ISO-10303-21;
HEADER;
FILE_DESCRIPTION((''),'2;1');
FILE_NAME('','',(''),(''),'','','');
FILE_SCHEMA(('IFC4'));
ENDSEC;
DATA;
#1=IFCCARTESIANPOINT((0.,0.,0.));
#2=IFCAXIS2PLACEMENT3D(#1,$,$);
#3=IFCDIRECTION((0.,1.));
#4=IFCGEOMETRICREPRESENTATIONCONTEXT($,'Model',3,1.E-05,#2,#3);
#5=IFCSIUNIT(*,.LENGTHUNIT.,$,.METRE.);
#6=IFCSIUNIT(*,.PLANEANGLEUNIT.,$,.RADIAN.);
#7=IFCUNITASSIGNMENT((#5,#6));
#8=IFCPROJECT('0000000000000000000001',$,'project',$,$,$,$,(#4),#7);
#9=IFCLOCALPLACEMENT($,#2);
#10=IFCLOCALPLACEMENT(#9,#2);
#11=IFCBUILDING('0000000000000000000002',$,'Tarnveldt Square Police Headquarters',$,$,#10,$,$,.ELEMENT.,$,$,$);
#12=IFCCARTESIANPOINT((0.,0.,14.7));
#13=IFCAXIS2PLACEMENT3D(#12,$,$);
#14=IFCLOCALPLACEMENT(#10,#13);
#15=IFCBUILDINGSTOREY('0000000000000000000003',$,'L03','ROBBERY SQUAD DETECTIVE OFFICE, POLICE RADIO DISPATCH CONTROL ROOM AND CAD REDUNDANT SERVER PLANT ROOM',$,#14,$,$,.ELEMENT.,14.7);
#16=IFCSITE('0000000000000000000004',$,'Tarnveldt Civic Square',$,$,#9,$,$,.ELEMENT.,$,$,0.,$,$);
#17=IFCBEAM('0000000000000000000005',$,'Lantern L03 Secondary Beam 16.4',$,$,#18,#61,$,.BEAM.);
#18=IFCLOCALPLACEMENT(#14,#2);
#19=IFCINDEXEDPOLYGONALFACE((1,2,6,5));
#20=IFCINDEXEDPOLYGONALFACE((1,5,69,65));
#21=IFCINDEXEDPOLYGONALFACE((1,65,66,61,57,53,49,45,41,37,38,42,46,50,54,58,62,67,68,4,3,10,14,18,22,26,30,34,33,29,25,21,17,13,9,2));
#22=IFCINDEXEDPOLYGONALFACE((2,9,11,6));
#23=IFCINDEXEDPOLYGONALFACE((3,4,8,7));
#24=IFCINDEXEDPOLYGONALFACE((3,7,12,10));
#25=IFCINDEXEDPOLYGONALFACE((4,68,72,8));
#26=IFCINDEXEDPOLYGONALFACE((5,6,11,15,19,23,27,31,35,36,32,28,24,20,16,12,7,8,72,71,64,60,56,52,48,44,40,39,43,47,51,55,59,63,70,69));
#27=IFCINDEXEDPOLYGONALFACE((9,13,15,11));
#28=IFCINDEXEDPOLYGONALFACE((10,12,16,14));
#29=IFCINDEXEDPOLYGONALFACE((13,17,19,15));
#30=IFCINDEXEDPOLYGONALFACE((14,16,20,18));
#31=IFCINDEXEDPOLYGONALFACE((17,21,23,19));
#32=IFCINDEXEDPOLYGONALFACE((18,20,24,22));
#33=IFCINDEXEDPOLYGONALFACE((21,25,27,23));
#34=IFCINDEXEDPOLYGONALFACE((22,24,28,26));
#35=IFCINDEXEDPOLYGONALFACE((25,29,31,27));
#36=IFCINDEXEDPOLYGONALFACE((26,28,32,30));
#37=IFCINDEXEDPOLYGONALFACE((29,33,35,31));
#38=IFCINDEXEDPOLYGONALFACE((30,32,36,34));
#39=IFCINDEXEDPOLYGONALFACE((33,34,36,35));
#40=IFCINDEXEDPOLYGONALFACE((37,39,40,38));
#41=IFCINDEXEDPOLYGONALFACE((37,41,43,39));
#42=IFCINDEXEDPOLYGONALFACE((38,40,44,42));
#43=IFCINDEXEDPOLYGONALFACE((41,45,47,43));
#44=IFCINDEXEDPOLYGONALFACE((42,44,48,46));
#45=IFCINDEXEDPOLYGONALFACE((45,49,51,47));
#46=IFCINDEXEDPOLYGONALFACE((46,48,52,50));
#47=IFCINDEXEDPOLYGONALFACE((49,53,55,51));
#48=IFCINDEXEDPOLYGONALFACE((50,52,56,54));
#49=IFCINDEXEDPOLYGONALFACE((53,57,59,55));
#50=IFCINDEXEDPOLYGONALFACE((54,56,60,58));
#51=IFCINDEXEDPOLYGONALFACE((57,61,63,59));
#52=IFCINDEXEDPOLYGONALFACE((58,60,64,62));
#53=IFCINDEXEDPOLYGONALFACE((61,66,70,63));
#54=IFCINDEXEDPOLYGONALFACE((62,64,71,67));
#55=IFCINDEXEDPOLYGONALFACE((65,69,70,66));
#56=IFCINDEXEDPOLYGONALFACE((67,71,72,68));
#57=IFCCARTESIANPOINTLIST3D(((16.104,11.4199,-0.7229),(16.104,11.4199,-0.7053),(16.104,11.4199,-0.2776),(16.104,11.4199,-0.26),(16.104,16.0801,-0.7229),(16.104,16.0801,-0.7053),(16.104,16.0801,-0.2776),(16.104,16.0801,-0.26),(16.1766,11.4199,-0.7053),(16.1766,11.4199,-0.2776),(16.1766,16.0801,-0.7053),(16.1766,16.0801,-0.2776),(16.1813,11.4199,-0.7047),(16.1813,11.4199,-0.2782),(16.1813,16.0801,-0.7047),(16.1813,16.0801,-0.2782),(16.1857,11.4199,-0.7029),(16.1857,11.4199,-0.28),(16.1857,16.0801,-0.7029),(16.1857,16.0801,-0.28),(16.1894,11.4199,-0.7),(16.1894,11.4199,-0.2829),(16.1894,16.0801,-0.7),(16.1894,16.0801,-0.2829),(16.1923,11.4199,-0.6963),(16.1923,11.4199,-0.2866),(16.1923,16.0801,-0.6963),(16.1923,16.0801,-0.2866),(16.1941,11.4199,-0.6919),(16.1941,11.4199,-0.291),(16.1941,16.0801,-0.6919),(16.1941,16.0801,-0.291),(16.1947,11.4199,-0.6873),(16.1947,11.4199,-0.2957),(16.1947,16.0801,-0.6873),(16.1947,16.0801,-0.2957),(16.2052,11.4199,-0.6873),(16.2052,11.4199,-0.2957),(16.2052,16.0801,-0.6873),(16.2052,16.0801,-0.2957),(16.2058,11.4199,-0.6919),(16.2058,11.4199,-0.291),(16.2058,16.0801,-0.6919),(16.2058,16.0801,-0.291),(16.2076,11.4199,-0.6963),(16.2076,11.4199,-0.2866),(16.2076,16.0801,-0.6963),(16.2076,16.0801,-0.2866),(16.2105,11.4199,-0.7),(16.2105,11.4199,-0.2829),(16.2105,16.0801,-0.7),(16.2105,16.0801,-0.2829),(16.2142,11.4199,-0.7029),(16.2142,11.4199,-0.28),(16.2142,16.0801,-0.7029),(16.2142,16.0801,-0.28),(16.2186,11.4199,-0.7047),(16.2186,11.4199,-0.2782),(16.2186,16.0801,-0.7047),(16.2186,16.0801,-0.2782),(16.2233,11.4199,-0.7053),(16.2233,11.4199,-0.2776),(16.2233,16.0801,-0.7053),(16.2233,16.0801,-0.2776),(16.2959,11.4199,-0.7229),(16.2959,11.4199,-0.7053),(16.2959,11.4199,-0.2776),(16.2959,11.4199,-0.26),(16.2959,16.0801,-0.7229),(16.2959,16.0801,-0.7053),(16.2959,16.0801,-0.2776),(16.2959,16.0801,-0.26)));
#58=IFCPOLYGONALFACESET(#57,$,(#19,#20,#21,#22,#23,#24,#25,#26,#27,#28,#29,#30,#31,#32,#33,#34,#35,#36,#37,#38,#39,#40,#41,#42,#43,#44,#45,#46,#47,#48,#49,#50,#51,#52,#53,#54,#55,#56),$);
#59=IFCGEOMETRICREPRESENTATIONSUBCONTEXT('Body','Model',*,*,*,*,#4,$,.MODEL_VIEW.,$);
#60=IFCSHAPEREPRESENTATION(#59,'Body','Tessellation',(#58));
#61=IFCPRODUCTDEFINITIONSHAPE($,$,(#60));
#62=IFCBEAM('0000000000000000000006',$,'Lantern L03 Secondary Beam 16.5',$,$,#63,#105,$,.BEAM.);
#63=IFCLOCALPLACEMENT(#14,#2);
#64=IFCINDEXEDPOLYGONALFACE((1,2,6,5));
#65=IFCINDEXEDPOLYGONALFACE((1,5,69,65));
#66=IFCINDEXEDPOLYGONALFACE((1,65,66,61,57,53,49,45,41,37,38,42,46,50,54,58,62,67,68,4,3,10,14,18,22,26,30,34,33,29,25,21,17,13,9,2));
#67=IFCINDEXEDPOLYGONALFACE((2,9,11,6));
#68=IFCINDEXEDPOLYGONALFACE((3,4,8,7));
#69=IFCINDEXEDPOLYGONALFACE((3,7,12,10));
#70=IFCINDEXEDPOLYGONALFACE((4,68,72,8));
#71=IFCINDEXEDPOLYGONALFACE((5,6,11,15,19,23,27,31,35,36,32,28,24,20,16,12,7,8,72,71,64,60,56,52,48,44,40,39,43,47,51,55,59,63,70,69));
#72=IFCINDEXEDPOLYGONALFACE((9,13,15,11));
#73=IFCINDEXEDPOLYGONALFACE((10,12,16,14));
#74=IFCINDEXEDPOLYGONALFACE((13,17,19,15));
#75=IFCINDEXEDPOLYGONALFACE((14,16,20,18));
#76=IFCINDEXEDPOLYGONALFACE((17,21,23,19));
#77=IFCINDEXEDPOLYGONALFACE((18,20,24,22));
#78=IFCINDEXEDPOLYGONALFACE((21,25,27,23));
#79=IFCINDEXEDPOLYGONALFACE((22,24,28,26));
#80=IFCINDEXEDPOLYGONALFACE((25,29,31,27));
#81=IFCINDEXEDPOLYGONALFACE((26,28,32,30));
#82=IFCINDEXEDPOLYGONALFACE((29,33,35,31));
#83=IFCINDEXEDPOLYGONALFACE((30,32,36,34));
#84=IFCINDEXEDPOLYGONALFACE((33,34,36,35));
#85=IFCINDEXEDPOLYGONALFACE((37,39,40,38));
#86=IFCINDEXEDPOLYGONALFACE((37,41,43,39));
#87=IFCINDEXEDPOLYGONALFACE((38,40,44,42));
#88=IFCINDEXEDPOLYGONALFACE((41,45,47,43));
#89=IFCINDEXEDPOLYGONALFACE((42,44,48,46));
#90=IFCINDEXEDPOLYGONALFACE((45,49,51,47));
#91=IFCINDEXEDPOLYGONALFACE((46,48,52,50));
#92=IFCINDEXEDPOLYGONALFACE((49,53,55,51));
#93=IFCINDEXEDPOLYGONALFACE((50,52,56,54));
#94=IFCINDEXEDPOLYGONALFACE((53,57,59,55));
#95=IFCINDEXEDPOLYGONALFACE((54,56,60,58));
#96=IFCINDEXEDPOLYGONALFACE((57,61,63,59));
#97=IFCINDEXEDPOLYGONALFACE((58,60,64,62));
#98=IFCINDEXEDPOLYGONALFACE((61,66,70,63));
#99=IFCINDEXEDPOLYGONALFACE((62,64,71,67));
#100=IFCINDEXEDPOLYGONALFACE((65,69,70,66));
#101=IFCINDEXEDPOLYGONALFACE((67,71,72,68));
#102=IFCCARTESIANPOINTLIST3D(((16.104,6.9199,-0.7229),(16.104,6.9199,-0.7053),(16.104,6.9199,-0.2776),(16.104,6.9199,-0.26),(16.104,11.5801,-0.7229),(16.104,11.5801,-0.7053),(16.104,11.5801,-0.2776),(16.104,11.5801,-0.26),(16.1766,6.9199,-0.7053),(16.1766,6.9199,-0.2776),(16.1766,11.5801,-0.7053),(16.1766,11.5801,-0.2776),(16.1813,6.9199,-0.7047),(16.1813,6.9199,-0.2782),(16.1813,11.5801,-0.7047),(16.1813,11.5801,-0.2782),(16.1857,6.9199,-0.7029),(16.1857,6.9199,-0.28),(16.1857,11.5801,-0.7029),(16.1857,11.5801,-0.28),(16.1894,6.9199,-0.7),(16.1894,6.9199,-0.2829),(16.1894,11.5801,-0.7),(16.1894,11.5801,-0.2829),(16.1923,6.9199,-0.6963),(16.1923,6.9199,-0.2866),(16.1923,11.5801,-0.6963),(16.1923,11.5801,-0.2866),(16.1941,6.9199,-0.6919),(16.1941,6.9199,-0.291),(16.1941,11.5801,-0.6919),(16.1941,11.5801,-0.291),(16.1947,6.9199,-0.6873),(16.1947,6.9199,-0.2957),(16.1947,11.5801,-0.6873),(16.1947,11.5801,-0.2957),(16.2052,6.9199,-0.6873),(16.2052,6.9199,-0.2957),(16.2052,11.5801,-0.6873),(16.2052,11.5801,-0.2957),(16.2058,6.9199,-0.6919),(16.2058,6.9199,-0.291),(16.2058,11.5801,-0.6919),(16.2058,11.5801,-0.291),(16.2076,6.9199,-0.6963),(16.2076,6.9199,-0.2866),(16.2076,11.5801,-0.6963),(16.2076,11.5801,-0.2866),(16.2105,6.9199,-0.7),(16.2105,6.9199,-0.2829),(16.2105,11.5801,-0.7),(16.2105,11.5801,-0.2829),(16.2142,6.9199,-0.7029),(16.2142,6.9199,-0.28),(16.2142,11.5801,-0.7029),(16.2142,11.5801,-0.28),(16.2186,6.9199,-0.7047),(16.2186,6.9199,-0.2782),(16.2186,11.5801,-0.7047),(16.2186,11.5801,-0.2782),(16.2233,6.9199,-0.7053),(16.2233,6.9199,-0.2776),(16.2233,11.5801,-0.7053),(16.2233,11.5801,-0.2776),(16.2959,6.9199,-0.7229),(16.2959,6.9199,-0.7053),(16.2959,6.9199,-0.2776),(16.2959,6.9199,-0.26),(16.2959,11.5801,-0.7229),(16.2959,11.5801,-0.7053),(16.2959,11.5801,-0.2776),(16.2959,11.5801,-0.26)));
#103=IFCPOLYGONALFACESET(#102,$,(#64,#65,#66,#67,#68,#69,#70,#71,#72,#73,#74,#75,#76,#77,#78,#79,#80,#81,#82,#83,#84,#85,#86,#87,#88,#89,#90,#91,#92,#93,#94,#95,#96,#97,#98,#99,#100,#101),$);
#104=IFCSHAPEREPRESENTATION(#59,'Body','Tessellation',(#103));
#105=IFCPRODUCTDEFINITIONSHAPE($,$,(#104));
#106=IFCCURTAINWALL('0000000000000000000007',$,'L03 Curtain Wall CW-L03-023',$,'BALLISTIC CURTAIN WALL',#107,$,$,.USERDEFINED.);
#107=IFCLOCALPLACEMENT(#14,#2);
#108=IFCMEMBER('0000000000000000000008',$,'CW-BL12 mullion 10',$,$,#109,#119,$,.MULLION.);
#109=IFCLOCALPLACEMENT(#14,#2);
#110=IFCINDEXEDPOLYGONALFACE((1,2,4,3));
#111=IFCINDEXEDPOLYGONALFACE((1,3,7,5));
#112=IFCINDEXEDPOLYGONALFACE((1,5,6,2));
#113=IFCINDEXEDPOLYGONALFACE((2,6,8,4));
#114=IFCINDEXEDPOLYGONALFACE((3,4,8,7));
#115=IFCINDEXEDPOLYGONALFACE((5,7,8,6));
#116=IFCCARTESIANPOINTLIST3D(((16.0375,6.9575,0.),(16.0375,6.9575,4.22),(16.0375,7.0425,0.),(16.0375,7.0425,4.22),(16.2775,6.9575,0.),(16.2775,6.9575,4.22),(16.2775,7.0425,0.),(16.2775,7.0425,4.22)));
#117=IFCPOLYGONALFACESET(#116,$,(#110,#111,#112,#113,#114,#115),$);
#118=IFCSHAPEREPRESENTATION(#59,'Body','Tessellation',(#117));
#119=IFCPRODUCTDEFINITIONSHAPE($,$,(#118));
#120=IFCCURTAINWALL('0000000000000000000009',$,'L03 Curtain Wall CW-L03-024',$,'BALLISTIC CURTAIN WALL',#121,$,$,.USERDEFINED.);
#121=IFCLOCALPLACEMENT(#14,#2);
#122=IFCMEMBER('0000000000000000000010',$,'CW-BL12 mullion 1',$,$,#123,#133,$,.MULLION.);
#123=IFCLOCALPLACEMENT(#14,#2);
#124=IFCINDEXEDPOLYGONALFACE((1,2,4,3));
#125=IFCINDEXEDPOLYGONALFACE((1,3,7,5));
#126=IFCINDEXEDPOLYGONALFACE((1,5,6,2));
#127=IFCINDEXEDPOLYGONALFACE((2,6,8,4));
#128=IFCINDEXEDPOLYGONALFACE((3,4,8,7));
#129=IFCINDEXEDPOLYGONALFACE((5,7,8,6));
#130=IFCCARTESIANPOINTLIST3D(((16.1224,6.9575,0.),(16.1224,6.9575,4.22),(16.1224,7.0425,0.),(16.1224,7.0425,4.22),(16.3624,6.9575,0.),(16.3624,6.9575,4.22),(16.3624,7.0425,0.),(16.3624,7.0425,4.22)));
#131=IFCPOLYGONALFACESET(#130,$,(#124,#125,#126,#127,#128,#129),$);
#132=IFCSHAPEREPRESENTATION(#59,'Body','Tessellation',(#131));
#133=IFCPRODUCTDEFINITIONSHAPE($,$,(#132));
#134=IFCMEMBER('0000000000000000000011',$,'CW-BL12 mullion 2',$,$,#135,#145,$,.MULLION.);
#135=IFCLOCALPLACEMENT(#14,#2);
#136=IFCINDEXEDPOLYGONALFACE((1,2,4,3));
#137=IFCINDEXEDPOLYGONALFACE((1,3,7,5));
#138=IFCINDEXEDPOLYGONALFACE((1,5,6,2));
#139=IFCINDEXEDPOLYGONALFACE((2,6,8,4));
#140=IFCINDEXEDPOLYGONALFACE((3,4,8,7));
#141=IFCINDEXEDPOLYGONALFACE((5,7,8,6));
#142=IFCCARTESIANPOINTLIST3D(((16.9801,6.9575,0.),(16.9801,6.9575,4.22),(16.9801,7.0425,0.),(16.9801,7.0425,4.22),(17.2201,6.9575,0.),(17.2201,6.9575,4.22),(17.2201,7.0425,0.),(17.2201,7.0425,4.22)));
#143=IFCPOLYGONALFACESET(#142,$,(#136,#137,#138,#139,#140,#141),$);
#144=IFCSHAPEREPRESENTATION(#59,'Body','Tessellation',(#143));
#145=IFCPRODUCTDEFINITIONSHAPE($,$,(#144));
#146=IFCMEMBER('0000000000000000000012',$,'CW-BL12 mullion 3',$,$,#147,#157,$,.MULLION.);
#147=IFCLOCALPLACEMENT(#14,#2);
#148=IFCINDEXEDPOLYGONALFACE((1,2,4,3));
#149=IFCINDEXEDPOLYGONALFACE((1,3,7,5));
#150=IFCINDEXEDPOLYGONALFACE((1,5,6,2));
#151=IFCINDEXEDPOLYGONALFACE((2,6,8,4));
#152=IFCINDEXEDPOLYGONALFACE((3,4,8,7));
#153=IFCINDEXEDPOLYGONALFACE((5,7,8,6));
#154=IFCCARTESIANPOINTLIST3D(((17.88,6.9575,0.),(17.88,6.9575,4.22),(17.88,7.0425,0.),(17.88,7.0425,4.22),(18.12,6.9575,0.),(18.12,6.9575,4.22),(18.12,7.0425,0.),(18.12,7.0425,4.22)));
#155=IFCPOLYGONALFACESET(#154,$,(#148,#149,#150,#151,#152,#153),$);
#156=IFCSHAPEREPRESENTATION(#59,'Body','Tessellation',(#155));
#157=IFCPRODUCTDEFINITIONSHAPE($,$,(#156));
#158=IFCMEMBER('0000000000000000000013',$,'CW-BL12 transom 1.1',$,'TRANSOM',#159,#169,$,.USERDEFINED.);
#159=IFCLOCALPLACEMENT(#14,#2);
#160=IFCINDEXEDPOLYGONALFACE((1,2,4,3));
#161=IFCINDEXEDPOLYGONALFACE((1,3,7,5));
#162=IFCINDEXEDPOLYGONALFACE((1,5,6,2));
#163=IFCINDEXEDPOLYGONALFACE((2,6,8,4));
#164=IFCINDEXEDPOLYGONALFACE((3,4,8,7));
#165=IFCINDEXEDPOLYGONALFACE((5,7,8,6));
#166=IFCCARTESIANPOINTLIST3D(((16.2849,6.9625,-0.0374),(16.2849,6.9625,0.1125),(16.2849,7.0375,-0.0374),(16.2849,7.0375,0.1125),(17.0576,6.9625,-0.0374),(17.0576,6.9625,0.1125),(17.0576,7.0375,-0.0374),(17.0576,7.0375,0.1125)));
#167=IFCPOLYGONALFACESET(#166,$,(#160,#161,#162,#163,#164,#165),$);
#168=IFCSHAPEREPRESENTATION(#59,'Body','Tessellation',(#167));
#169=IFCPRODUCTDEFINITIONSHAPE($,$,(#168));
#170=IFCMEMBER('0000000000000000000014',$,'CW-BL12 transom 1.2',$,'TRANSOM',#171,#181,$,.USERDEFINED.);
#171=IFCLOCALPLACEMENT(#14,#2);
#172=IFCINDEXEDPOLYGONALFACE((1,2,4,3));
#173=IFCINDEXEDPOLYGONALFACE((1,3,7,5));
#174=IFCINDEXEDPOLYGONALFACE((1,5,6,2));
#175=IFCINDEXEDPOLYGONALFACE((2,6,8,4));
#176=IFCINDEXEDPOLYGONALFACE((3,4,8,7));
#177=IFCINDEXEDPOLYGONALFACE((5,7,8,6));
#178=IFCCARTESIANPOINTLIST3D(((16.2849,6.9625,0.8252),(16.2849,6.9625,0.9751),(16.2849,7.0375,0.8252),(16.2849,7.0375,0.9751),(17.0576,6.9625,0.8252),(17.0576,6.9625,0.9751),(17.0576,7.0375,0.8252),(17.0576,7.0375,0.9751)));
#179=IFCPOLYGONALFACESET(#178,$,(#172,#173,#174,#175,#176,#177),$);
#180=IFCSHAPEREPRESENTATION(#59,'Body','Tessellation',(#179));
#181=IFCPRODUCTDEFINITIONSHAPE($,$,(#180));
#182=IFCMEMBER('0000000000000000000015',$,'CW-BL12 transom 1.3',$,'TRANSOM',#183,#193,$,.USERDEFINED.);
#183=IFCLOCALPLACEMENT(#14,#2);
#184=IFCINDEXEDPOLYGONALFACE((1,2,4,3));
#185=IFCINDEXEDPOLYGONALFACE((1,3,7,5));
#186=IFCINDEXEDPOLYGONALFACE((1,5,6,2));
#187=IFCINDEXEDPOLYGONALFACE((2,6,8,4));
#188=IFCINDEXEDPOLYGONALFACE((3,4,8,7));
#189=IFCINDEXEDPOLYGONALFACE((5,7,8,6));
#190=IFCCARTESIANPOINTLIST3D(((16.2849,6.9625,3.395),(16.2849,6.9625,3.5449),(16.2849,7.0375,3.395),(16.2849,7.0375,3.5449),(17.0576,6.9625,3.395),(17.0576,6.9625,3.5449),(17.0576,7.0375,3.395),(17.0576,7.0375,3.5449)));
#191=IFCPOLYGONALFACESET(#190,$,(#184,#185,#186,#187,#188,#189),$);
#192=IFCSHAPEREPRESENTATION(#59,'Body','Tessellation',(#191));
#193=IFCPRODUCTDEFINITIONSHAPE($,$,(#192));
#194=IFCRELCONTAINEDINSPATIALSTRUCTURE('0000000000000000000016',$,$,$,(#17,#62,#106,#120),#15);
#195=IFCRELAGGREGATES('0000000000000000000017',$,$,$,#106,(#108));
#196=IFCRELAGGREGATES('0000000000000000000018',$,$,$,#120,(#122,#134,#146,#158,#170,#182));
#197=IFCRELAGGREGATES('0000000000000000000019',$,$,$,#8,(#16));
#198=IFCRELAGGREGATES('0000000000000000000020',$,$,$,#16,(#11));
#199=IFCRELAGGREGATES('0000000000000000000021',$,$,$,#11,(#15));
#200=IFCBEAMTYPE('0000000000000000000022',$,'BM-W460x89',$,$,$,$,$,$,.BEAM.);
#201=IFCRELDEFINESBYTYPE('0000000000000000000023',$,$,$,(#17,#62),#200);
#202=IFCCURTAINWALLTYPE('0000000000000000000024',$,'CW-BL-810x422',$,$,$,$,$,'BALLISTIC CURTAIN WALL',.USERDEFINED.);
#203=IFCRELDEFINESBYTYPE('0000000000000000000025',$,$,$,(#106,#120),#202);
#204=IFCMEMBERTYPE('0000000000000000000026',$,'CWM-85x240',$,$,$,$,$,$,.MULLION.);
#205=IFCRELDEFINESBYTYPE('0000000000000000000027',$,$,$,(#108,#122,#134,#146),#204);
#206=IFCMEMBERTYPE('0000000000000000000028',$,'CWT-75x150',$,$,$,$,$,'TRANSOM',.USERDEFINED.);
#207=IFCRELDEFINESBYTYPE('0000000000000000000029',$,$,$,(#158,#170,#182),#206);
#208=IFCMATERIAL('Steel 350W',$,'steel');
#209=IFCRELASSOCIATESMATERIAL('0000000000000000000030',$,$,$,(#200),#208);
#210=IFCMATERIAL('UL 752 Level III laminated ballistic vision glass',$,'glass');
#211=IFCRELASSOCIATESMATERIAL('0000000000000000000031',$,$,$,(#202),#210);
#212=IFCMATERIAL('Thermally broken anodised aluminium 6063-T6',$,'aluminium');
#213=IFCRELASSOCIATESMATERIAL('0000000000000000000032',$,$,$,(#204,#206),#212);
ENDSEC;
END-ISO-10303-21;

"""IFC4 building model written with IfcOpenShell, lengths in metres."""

from ifc_helpers import new_model, si_unit, direction, frame, origin, origin_2d, place, context, subcontext, project, spatial, rectangle, i_section, extrude, material, material_profile, profile_set, type_object, element, aggregate, save


model = new_model("IFC4")

# Units and contexts
model_context = context("Model", 3, precision=1e-05, world=origin(), true_north=direction((0.0, 1.0)))
body_context = subcontext(model_context, "Body", "Model", "MODEL_VIEW")
ifc_project = project(units=[si_unit("LENGTHUNIT", "METRE"), si_unit("PLANEANGLEUNIT", "RADIAN")], contexts=[model_context])

# Site, building, storey
site_placement = place(None, origin())
site = spatial("IfcSite", under=ifc_project, at=site_placement, Name="Tarnveldt Civic Square", CompositionType="ELEMENT", RefElevation=0.0)
building_placement = place(site_placement, origin())
building = spatial("IfcBuilding", under=site, at=building_placement, Name="Tarnveldt Square Police Headquarters", CompositionType="ELEMENT")
storey_placement = place(building_placement, frame((0.0, 0.0, 14.7)))
storey = spatial("IfcBuildingStorey", under=building, at=storey_placement, Name="L03", Description="ROBBERY SQUAD DETECTIVE OFFICE, POLICE RADIO DISPATCH CONTROL ROOM AND CAD REDUNDANT SERVER PLANT ROOM", CompositionType="ELEMENT", Elevation=14.7)

# Beams
ifc_material_1 = material(Name="Steel 350W", Category="steel")
ifc_material_profile_1 = material_profile(ifc_material_1, i_section(OverallWidth=0.1919, OverallDepth=0.4629, WebThickness=0.0105, FlangeThickness=0.0176, FilletRadius=0.0181, at=origin_2d()), Name="W460x89")
ifc_profile_set_1 = profile_set([ifc_material_profile_1], Name="Steel 350W")
beam_type = type_object("IfcBeamType", Name="BM-W460x89", PredefinedType="BEAM", material=ifc_profile_set_1)
for number, where, z_axis, x_axis, name in (
    (1, (16.2, 16.0801, -0.4915), (0.0, -1.0, 0.0), (1.0, 0.0, 0.0), "Lantern L03 Secondary Beam 16.4"),
    (2, (16.2, 11.5801, -0.4915), (0.0, -1.0, 0.0), (1.0, 0.0, 0.0), "Lantern L03 Secondary Beam 16.5"),
):
    element("IfcBeam", number, at=place(storey_placement, frame(where, z_axis=z_axis, x_axis=x_axis)), inside=storey, type_object=beam_type, Name=name, PredefinedType="BEAM", context=body_context, shape_type="SweptSolid", body=[
        extrude(i_section(OverallWidth=0.1919, OverallDepth=0.4629, WebThickness=0.0105, FlangeThickness=0.0176, FilletRadius=0.0181, at=origin_2d()), origin(), (0.0, 0.0, 1.0), 4.6602),
    ])

# Curtain wall, member
ifc_material_2 = material(Name="UL 752 Level III laminated ballistic vision glass", Category="glass")
curtain_wall_type = type_object("IfcCurtainWallType", Name="CW-BL-810x422", ElementType="BALLISTIC CURTAIN WALL", PredefinedType="USERDEFINED", material=ifc_material_2)
curtain_wall_1_placement = place(storey_placement, origin())
curtain_wall_1 = element("IfcCurtainWall", 3, at=curtain_wall_1_placement, inside=storey, type_object=curtain_wall_type, Name="L03 Curtain Wall CW-L03-023", ObjectType="BALLISTIC CURTAIN WALL", PredefinedType="USERDEFINED")
ifc_material_3 = material(Name="Thermally broken anodised aluminium 6063-T6", Category="aluminium")
ifc_material_profile_2 = material_profile(ifc_material_3, rectangle(XDim=0.085, YDim=0.24, at=origin_2d()), Name="CW-M85x240")
ifc_profile_set_2 = profile_set([ifc_material_profile_2], Name="Thermally broken anodised aluminium 6063-T6")
member_type_1 = type_object("IfcMemberType", Name="CWM-85x240", PredefinedType="MULLION", material=ifc_profile_set_2)
member_1_placement = place(storey_placement, frame((16.1575, 7.0, 0.0), z_axis=(0.0, 0.0, 1.0), x_axis=(0.0, 1.0, 0.0)))
member_1 = element("IfcMember", 4, at=member_1_placement, type_object=member_type_1, Name="CW-BL12 mullion 10", PredefinedType="MULLION", context=body_context, shape_type="SweptSolid", body=[
    extrude(rectangle(XDim=0.085, YDim=0.24, at=origin_2d()), origin(), (0.0, 0.0, 1.0), 4.22),
])

# Curtain wall, members
curtain_wall_2_placement = place(storey_placement, origin())
curtain_wall_2 = element("IfcCurtainWall", 5, at=curtain_wall_2_placement, inside=storey, type_object=curtain_wall_type, Name="L03 Curtain Wall CW-L03-024", ObjectType="BALLISTIC CURTAIN WALL", PredefinedType="USERDEFINED")
member_2_placement = place(storey_placement, frame((16.2424, 7.0, 0.0), z_axis=(0.0, 0.0, 1.0), x_axis=(0.0, 1.0, 0.0)))
member_2 = element("IfcMember", 6, at=member_2_placement, type_object=member_type_1, Name="CW-BL12 mullion 1", PredefinedType="MULLION", context=body_context, shape_type="SweptSolid", body=[
    extrude(rectangle(XDim=0.085, YDim=0.24, at=origin_2d()), origin(), (0.0, 0.0, 1.0), 4.22),
])
member_3_placement = place(storey_placement, frame((17.1001, 7.0, 0.0), z_axis=(0.0, 0.0, 1.0), x_axis=(0.0, 1.0, 0.0)))
member_3 = element("IfcMember", 7, at=member_3_placement, type_object=member_type_1, Name="CW-BL12 mullion 2", PredefinedType="MULLION", context=body_context, shape_type="SweptSolid", body=[
    extrude(rectangle(XDim=0.085, YDim=0.24, at=origin_2d()), origin(), (0.0, 0.0, 1.0), 4.22),
])
member_4_placement = place(storey_placement, frame((18.0, 7.0, 0.0), z_axis=(0.0, 0.0, 1.0), x_axis=(0.0, 1.0, 0.0)))
member_4 = element("IfcMember", 8, at=member_4_placement, type_object=member_type_1, Name="CW-BL12 mullion 3", PredefinedType="MULLION", context=body_context, shape_type="SweptSolid", body=[
    extrude(rectangle(XDim=0.085, YDim=0.24, at=origin_2d()), origin(), (0.0, 0.0, 1.0), 4.22),
])
ifc_material_profile_3 = material_profile(ifc_material_3, rectangle(XDim=0.075, YDim=0.1499, at=origin_2d()), Name="CW-T75x150")
ifc_profile_set_3 = profile_set([ifc_material_profile_3], Name="Thermally broken anodised aluminium 6063-T6")
member_type_2 = type_object("IfcMemberType", Name="CWT-75x150", ElementType="TRANSOM", PredefinedType="USERDEFINED", material=ifc_profile_set_3)
member_5_placement = place(storey_placement, frame((16.2849, 7.0, 0.0376), z_axis=(1.0, 0.0, 0.0), x_axis=(0.0, 1.0, 0.0)))
member_5 = element("IfcMember", 9, at=member_5_placement, type_object=member_type_2, Name="CW-BL12 transom 1.1", ObjectType="TRANSOM", PredefinedType="USERDEFINED", context=body_context, shape_type="SweptSolid", body=[
    extrude(rectangle(XDim=0.075, YDim=0.1499, at=origin_2d()), origin(), (0.0, 0.0, 1.0), 0.7727),
])
member_6_placement = place(storey_placement, frame((16.2849, 7.0, 0.9001), z_axis=(1.0, 0.0, 0.0), x_axis=(0.0, 1.0, 0.0)))
member_6 = element("IfcMember", 10, at=member_6_placement, type_object=member_type_2, Name="CW-BL12 transom 1.2", ObjectType="TRANSOM", PredefinedType="USERDEFINED", context=body_context, shape_type="SweptSolid", body=[
    extrude(rectangle(XDim=0.075, YDim=0.1499, at=origin_2d()), origin(), (0.0, 0.0, 1.0), 0.7727),
])
member_7_placement = place(storey_placement, frame((16.2849, 7.0, 3.47), z_axis=(1.0, 0.0, 0.0), x_axis=(0.0, 1.0, 0.0)))
member_7 = element("IfcMember", 11, at=member_7_placement, type_object=member_type_2, Name="CW-BL12 transom 1.3", ObjectType="TRANSOM", PredefinedType="USERDEFINED", context=body_context, shape_type="SweptSolid", body=[
    extrude(rectangle(XDim=0.075, YDim=0.1499, at=origin_2d()), origin(), (0.0, 0.0, 1.0), 0.7727),
])

aggregate(curtain_wall_1, [member_1])
aggregate(curtain_wall_2, [member_2, member_3, member_4, member_5, member_6, member_7])

save(model, "model.ifc")
